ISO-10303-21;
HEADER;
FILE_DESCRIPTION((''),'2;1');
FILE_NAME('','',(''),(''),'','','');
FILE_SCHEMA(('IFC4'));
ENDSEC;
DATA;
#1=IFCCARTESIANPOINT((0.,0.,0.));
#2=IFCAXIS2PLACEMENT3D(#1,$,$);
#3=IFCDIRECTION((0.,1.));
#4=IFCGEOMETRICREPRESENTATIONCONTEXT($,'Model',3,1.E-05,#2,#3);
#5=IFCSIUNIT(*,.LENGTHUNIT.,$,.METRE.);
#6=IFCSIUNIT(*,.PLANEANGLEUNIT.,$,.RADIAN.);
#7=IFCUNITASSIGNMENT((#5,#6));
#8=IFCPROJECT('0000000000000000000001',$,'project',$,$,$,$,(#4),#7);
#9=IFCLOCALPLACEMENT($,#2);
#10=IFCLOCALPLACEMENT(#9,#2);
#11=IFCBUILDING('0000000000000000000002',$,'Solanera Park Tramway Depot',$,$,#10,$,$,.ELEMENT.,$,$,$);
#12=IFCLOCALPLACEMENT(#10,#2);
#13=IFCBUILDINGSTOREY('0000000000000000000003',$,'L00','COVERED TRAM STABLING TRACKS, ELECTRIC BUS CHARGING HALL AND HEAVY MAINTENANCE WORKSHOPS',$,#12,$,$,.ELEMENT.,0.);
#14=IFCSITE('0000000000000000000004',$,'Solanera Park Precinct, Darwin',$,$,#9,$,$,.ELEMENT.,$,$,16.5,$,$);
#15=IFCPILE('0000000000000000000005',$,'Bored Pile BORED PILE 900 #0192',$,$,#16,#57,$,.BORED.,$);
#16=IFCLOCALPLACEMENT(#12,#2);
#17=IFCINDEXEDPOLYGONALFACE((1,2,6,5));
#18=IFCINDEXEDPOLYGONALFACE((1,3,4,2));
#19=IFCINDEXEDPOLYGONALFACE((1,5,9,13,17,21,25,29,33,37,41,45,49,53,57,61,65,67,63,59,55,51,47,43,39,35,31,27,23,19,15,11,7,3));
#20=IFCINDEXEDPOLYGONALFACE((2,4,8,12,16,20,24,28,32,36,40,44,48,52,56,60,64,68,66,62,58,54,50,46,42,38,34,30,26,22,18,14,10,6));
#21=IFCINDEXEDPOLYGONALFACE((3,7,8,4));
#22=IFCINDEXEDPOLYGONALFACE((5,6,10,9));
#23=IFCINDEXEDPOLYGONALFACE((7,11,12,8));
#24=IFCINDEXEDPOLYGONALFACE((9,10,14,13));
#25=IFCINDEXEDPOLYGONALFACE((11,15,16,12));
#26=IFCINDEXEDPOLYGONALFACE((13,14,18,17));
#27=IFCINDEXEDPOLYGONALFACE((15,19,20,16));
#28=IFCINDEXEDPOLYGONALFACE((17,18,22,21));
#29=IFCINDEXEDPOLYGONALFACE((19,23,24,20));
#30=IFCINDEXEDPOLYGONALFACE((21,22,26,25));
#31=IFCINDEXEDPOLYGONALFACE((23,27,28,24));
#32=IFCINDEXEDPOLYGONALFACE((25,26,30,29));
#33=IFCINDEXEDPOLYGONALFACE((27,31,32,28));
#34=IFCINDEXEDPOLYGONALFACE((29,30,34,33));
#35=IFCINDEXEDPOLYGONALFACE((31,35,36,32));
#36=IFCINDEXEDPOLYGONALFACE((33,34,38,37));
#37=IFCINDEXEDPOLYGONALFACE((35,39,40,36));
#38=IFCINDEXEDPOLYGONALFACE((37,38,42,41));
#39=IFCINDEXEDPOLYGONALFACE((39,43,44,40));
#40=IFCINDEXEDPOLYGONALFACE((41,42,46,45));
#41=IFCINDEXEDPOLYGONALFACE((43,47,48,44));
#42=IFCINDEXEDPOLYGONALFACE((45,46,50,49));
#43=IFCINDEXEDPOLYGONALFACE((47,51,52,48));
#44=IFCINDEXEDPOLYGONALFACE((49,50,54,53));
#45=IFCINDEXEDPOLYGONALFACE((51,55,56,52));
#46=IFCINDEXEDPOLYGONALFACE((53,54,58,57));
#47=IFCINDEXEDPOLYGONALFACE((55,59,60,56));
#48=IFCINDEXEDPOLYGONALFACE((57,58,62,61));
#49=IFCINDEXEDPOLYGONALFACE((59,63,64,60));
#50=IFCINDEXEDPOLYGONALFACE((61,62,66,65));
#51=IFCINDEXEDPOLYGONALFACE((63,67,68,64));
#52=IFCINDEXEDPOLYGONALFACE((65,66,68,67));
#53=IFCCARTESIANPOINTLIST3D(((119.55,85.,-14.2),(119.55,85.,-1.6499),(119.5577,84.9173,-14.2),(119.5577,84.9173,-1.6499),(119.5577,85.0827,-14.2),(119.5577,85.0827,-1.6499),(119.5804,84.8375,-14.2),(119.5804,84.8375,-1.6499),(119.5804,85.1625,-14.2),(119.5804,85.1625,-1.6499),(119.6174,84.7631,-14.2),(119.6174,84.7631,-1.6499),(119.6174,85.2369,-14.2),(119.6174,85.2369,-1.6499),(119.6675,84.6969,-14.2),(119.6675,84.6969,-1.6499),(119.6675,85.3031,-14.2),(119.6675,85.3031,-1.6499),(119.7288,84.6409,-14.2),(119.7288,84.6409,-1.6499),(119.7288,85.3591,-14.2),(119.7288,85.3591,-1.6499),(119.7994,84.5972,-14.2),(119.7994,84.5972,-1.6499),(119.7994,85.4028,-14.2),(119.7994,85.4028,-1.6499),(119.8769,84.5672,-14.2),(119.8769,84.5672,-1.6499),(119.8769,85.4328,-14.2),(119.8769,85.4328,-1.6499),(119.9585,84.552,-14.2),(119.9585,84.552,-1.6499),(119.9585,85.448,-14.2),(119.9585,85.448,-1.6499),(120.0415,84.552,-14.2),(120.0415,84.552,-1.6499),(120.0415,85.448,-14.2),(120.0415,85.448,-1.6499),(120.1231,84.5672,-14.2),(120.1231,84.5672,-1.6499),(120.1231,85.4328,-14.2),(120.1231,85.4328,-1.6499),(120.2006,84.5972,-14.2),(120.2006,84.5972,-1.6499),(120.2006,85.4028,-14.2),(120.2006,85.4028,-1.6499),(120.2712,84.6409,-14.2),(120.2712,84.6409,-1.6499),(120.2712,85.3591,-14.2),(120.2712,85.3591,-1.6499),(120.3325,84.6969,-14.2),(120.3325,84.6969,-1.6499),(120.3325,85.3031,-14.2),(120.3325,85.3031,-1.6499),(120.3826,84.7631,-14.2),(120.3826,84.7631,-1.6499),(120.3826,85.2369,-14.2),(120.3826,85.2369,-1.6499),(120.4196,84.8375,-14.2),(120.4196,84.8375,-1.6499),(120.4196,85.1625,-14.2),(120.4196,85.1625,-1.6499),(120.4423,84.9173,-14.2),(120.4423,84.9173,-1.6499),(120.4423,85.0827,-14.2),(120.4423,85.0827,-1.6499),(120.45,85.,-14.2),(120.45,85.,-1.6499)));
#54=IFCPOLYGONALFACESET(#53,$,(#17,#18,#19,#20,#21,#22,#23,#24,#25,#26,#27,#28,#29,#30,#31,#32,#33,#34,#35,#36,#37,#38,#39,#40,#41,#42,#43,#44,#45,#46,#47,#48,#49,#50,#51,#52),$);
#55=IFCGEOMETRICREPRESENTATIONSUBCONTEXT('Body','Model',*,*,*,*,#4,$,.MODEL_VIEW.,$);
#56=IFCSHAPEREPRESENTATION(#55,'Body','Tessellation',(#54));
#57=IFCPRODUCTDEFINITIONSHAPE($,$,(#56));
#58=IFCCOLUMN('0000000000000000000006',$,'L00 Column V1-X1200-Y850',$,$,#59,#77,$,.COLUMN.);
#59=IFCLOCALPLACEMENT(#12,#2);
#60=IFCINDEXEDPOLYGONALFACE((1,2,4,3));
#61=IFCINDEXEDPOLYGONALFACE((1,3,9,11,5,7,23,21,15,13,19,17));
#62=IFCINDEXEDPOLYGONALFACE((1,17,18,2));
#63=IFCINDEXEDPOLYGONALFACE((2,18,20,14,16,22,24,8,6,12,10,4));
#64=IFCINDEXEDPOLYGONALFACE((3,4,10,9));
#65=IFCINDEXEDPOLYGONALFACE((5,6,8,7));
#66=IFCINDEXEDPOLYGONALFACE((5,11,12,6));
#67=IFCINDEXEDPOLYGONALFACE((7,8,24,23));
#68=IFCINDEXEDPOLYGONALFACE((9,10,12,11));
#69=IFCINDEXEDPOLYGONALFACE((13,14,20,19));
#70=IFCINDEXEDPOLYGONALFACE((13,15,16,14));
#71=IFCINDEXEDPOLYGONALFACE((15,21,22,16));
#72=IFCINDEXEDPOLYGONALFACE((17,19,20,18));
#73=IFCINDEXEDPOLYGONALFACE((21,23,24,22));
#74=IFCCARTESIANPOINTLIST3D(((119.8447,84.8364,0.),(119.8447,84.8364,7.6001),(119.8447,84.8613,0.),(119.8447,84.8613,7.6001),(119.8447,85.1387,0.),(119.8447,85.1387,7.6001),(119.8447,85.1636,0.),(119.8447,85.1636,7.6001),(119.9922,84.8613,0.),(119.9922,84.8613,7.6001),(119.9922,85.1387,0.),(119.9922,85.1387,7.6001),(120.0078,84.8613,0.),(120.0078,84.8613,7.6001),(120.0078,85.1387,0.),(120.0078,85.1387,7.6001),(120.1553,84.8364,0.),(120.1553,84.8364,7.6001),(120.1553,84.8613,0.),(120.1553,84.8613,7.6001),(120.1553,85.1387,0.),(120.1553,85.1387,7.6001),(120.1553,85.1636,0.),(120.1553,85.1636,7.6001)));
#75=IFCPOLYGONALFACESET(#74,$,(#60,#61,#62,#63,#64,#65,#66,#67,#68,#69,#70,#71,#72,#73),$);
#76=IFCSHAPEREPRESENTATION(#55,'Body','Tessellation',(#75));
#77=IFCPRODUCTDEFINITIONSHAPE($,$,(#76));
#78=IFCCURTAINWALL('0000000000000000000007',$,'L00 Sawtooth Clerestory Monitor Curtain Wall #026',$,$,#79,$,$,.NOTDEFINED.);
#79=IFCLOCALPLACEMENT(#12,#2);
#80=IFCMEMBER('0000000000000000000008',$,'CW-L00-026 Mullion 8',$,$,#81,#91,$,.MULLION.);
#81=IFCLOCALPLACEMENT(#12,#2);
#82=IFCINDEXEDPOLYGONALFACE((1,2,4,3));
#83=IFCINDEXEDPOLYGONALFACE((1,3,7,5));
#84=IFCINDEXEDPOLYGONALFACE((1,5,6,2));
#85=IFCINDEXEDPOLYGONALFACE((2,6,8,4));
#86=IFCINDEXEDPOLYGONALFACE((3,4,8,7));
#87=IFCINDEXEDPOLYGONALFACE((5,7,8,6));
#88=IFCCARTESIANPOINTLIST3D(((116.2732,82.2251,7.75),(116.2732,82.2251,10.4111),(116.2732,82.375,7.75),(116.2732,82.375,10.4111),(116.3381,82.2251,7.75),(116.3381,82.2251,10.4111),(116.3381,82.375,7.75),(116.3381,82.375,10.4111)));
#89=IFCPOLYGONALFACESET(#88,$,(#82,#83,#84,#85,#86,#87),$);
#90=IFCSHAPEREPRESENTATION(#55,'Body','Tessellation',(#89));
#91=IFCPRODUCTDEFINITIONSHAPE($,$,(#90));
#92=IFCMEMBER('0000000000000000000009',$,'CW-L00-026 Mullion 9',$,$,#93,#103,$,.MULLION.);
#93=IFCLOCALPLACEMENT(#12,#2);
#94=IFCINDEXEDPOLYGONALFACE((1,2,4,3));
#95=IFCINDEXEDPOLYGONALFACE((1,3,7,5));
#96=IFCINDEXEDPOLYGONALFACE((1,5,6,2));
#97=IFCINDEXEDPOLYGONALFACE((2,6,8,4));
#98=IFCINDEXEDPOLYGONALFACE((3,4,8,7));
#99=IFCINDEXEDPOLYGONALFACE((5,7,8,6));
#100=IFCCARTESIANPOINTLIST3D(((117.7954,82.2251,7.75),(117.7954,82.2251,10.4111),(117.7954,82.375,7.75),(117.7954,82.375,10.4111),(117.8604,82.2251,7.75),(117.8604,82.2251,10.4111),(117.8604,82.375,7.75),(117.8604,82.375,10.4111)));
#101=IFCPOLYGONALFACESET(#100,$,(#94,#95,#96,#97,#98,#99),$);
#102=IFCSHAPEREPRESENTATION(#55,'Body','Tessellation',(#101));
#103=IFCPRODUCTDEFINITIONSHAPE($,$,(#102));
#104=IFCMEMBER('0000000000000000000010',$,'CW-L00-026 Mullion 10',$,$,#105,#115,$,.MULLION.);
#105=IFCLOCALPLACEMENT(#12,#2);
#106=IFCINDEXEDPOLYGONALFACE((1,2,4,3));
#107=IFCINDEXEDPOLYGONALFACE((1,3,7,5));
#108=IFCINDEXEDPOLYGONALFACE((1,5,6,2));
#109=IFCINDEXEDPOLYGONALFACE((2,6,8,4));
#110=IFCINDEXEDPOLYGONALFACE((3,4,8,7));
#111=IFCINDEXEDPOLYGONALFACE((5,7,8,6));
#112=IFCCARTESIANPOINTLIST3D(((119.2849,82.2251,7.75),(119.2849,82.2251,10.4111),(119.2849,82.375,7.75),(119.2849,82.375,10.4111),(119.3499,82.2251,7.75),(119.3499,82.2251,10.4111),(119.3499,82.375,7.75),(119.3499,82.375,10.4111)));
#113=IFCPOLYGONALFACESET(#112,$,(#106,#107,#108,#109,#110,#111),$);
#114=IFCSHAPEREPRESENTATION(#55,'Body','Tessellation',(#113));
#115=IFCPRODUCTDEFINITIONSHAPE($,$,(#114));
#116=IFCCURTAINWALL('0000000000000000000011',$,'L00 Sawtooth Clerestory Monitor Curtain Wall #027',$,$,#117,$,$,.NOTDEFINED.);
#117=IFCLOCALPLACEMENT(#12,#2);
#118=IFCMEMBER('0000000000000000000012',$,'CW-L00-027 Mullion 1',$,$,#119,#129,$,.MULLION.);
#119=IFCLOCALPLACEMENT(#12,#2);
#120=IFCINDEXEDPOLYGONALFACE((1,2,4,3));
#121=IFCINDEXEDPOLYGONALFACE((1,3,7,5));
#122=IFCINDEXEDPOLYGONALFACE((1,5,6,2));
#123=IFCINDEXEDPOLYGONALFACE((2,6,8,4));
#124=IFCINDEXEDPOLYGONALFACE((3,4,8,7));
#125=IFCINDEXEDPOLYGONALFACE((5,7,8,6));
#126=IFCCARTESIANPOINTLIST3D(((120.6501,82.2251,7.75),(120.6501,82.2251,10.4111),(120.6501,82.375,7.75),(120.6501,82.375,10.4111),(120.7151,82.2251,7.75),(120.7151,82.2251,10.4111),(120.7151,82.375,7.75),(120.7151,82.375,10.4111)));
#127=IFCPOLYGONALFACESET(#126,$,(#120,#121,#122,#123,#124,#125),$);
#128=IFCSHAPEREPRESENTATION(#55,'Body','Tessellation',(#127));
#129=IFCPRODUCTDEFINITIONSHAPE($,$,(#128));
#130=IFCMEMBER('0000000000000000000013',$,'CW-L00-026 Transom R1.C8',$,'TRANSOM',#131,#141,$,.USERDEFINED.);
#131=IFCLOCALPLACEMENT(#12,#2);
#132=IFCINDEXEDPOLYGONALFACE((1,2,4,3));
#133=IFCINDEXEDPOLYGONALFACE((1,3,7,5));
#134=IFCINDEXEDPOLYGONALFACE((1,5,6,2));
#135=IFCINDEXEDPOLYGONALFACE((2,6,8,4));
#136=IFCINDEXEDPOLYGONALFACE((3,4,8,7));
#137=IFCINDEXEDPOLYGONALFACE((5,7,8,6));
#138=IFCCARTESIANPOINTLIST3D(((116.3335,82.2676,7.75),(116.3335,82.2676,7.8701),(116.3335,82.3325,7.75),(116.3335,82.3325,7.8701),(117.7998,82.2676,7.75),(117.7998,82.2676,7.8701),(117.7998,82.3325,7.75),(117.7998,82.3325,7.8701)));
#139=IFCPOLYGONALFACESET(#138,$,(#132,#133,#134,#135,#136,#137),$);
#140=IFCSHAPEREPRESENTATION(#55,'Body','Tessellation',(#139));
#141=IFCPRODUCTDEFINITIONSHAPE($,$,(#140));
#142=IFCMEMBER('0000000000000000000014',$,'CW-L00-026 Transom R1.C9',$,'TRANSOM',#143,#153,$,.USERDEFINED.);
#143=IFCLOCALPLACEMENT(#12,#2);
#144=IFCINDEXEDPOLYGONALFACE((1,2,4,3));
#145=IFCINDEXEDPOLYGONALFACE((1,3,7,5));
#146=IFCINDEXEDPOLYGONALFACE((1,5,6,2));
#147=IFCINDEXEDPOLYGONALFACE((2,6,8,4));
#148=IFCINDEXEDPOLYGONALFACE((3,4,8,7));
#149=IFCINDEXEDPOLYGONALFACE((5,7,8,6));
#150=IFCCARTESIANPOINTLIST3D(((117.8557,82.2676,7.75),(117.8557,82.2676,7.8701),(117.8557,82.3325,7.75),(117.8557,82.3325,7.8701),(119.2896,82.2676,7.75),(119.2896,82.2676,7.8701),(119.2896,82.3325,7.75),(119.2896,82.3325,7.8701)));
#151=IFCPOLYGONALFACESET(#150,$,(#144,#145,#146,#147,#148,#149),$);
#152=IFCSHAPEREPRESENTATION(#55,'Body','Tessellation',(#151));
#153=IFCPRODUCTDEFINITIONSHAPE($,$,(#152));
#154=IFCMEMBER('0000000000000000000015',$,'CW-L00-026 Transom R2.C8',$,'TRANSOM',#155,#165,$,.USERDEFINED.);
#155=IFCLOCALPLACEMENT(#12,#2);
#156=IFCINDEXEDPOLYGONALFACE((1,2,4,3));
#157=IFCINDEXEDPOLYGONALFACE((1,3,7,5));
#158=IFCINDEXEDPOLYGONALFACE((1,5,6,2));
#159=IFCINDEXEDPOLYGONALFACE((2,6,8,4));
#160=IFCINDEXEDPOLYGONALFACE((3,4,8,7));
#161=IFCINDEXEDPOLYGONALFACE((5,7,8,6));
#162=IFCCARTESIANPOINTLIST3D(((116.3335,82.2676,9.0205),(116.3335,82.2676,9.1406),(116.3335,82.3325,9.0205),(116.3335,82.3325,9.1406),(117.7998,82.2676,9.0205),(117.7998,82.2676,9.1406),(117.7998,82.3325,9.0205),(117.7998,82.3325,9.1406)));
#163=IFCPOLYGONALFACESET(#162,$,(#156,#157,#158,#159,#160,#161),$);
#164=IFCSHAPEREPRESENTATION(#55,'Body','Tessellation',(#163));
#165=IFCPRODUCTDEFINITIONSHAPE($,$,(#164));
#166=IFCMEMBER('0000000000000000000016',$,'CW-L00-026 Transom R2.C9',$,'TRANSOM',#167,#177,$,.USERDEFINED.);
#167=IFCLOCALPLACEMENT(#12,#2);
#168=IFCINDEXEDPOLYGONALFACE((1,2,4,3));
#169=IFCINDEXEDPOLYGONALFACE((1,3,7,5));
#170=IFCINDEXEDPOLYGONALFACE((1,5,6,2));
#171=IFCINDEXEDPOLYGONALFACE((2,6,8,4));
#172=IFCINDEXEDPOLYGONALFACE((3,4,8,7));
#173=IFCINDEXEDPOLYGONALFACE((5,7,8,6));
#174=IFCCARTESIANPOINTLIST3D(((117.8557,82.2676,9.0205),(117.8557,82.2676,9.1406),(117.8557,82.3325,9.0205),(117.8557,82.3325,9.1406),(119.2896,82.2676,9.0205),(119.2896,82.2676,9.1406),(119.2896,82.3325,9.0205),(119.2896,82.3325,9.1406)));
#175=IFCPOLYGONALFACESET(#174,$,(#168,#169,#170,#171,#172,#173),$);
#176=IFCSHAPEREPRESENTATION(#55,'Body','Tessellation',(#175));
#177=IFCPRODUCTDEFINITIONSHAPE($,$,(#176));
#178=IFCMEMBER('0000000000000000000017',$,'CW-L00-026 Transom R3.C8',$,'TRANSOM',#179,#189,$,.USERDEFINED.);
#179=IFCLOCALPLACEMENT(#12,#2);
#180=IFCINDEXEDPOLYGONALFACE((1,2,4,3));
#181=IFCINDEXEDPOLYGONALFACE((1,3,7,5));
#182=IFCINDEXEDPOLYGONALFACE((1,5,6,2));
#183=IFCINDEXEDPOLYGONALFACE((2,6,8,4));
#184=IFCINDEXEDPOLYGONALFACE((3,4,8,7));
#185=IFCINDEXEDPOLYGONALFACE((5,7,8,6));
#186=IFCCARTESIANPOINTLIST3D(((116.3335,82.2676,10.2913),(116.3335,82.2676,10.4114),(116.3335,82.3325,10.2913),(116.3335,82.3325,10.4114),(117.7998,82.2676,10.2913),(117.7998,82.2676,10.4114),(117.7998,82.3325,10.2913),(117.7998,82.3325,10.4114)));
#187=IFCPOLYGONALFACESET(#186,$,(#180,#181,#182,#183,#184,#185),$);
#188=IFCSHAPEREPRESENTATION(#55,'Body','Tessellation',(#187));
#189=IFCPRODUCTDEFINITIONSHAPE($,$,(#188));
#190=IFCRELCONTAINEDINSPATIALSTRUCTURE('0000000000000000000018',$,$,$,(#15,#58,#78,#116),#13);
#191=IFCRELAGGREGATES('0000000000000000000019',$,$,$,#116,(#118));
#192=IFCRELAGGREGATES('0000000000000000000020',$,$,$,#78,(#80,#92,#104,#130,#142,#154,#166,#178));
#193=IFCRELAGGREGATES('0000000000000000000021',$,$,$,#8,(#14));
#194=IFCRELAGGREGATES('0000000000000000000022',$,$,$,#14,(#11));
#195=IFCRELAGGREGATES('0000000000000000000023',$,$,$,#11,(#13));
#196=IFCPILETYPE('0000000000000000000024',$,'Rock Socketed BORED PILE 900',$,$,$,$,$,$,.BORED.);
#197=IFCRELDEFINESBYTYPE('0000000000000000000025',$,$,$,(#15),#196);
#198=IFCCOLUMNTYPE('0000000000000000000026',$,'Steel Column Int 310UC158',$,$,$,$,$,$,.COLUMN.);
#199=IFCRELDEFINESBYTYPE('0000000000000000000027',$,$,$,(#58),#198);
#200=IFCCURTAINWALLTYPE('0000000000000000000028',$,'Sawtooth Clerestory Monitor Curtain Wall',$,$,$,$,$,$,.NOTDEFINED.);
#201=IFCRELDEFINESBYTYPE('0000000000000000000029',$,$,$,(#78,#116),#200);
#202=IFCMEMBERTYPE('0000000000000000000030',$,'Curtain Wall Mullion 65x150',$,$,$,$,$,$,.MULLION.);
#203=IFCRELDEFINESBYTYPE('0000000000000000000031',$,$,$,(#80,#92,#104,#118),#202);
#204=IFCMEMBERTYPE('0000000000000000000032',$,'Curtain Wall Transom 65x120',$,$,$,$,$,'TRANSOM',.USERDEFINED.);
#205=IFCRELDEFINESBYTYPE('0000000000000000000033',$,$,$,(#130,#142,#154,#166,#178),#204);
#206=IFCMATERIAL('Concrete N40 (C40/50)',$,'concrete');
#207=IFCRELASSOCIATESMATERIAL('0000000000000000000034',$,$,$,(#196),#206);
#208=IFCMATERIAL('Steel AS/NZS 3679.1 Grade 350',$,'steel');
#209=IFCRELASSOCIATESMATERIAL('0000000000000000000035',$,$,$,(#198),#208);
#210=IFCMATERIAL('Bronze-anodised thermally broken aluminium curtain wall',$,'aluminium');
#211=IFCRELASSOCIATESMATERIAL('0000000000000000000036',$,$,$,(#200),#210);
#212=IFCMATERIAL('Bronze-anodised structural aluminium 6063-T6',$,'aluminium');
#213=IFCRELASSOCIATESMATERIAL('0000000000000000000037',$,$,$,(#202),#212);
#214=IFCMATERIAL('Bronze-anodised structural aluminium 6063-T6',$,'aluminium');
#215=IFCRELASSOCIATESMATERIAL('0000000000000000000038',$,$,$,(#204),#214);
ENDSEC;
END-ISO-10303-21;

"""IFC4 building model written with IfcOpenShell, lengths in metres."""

from ifc_helpers import new_model, si_unit, direction, frame, origin, origin_2d, place, context, subcontext, project, spatial, rectangle, circle, i_section, extrude, material, material_profile, profile_set, type_object, element, aggregate, save


model = new_model("IFC4")

# Units and contexts
model_context = context("Model", 3, precision=1e-05, world=origin(), true_north=direction((0.0, 1.0)))
body_context = subcontext(model_context, "Body", "Model", "MODEL_VIEW")
ifc_project = project(units=[si_unit("LENGTHUNIT", "METRE"), si_unit("PLANEANGLEUNIT", "RADIAN")], contexts=[model_context])

# Site, building, storey
site_placement = place(None, origin())
site = spatial("IfcSite", under=ifc_project, at=site_placement, Name="Solanera Park Precinct, Darwin", CompositionType="ELEMENT", RefElevation=16.5)
building_placement = place(site_placement, origin())
building = spatial("IfcBuilding", under=site, at=building_placement, Name="Solanera Park Tramway Depot", CompositionType="ELEMENT")
storey_placement = place(building_placement, origin())
storey = spatial("IfcBuildingStorey", under=building, at=storey_placement, Name="L00", Description="COVERED TRAM STABLING TRACKS, ELECTRIC BUS CHARGING HALL AND HEAVY MAINTENANCE WORKSHOPS", CompositionType="ELEMENT", Elevation=0.0)

# Pile
ifc_material_1 = material(Name="Concrete N40 (C40/50)", Category="concrete")
ifc_material_profile_1 = material_profile(ifc_material_1, circle(Radius=0.45, at=origin_2d()), Name="BORED PILE 900")
ifc_profile_set_1 = profile_set([ifc_material_profile_1], Name="Concrete N40 (C40/50)")
pile_type = type_object("IfcPileType", Name="Rock Socketed BORED PILE 900", PredefinedType="BORED", material=ifc_profile_set_1)
pile_placement = place(storey_placement, frame((120.0, 85.0, -1.6499), z_axis=(0.0, 0.0, -1.0), x_axis=(1.0, 0.0, 0.0)))
element("IfcPile", 1, at=pile_placement, inside=storey, type_object=pile_type, Name="Bored Pile BORED PILE 900 #0192", PredefinedType="BORED", context=body_context, shape_type="SweptSolid", body=[
    extrude(circle(Radius=0.45, at=origin_2d()), origin(), (0.0, 0.0, 1.0), 12.55),
])

# Column
ifc_material_2 = material(Name="Steel AS/NZS 3679.1 Grade 350", Category="steel")
ifc_material_profile_2 = material_profile(ifc_material_2, i_section(OverallWidth=0.3105, OverallDepth=0.3271, WebThickness=0.0156, FlangeThickness=0.0249, at=origin_2d()), Name="310UC158")
ifc_profile_set_2 = profile_set([ifc_material_profile_2], Name="Steel AS/NZS 3679.1 Grade 350")
column_type = type_object("IfcColumnType", Name="Steel Column Int 310UC158", PredefinedType="COLUMN", material=ifc_profile_set_2)
column_placement = place(storey_placement, frame((120.0, 85.0, 0.0), z_axis=(0.0, 0.0, 1.0), x_axis=(1.0, 0.0, 0.0)))
element("IfcColumn", 2, at=column_placement, inside=storey, type_object=column_type, Name="L00 Column V1-X1200-Y850", PredefinedType="COLUMN", context=body_context, shape_type="SweptSolid", body=[
    extrude(i_section(OverallWidth=0.3105, OverallDepth=0.3271, WebThickness=0.0156, FlangeThickness=0.0249, at=origin_2d()), origin(), (0.0, 0.0, 1.0), 7.6001),
])

# Curtain wall, members
ifc_material_3 = material(Name="Bronze-anodised thermally broken aluminium curtain wall", Category="aluminium")
curtain_wall_type = type_object("IfcCurtainWallType", Name="Sawtooth Clerestory Monitor Curtain Wall", PredefinedType="NOTDEFINED", material=ifc_material_3)
curtain_wall_1_placement = place(storey_placement, origin())
curtain_wall_1 = element("IfcCurtainWall", 3, at=curtain_wall_1_placement, inside=storey, type_object=curtain_wall_type, Name="L00 Sawtooth Clerestory Monitor Curtain Wall #026", PredefinedType="NOTDEFINED")
ifc_material_4 = material(Name="Bronze-anodised structural aluminium 6063-T6", Category="aluminium")
ifc_material_profile_3 = material_profile(ifc_material_4, rectangle(XDim=0.0649, YDim=0.1499, at=origin_2d()), Name="Curtain Wall Mullion 65x150")
ifc_profile_set_3 = profile_set([ifc_material_profile_3], Name="Bronze-anodised structural aluminium 6063-T6")
member_type_1 = type_object("IfcMemberType", Name="Curtain Wall Mullion 65x150", PredefinedType="MULLION", material=ifc_profile_set_3)
member_1_placement = place(storey_placement, frame((116.3057, 82.3, 7.75), z_axis=(0.0, 0.0, 1.0), x_axis=(1.0, 0.0, 0.0)))
member_1 = element("IfcMember", 4, at=member_1_placement, type_object=member_type_1, Name="CW-L00-026 Mullion 8", PredefinedType="MULLION", context=body_context, shape_type="SweptSolid", body=[
    extrude(rectangle(XDim=0.0649, YDim=0.1499, at=origin_2d()), origin(), (0.0, 0.0, 1.0), 2.6611),
])
member_2_placement = place(storey_placement, frame((117.8279, 82.3, 7.75), z_axis=(0.0, 0.0, 1.0), x_axis=(1.0, 0.0, 0.0)))
member_2 = element("IfcMember", 5, at=member_2_placement, type_object=member_type_1, Name="CW-L00-026 Mullion 9", PredefinedType="MULLION", context=body_context, shape_type="SweptSolid", body=[
    extrude(rectangle(XDim=0.0649, YDim=0.1499, at=origin_2d()), origin(), (0.0, 0.0, 1.0), 2.6611),
])
member_3_placement = place(storey_placement, frame((119.3174, 82.3, 7.75), z_axis=(0.0, 0.0, 1.0), x_axis=(1.0, 0.0, 0.0)))
member_3 = element("IfcMember", 6, at=member_3_placement, type_object=member_type_1, Name="CW-L00-026 Mullion 10", PredefinedType="MULLION", context=body_context, shape_type="SweptSolid", body=[
    extrude(rectangle(XDim=0.0649, YDim=0.1499, at=origin_2d()), origin(), (0.0, 0.0, 1.0), 2.6611),
])

# Curtain wall, member
curtain_wall_2_placement = place(storey_placement, origin())
curtain_wall_2 = element("IfcCurtainWall", 7, at=curtain_wall_2_placement, inside=storey, type_object=curtain_wall_type, Name="L00 Sawtooth Clerestory Monitor Curtain Wall #027", PredefinedType="NOTDEFINED")
member_4_placement = place(storey_placement, frame((120.6826, 82.3, 7.75), z_axis=(0.0, 0.0, 1.0), x_axis=(1.0, 0.0, 0.0)))
member_4 = element("IfcMember", 8, at=member_4_placement, type_object=member_type_1, Name="CW-L00-027 Mullion 1", PredefinedType="MULLION", context=body_context, shape_type="SweptSolid", body=[
    extrude(rectangle(XDim=0.0649, YDim=0.1499, at=origin_2d()), origin(), (0.0, 0.0, 1.0), 2.6611),
])

# Members
ifc_material_5 = material(Name="Bronze-anodised structural aluminium 6063-T6", Category="aluminium")
ifc_material_profile_4 = material_profile(ifc_material_5, rectangle(XDim=0.0649, YDim=0.1201, at=origin_2d()), Name="Curtain Wall Transom 65x120")
ifc_profile_set_4 = profile_set([ifc_material_profile_4], Name="Bronze-anodised structural aluminium 6063-T6")
member_type_2 = type_object("IfcMemberType", Name="Curtain Wall Transom 65x120", ElementType="TRANSOM", PredefinedType="USERDEFINED", material=ifc_profile_set_4)
member_5_placement = place(storey_placement, frame((116.3335, 82.3, 7.8101), z_axis=(1.0, 0.0, 0.0), x_axis=(0.0, 1.0, 0.0)))
member_5 = element("IfcMember", 9, at=member_5_placement, type_object=member_type_2, Name="CW-L00-026 Transom R1.C8", ObjectType="TRANSOM", PredefinedType="USERDEFINED", context=body_context, shape_type="SweptSolid", body=[
    extrude(rectangle(XDim=0.0649, YDim=0.1201, at=origin_2d()), origin(), (0.0, 0.0, 1.0), 1.4663),
])
member_6_placement = place(storey_placement, frame((117.8557, 82.3, 7.8101), z_axis=(1.0, 0.0, 0.0), x_axis=(0.0, 1.0, 0.0)))
member_6 = element("IfcMember", 10, at=member_6_placement, type_object=member_type_2, Name="CW-L00-026 Transom R1.C9", ObjectType="TRANSOM", PredefinedType="USERDEFINED", context=body_context, shape_type="SweptSolid", body=[
    extrude(rectangle(XDim=0.0649, YDim=0.1201, at=origin_2d()), origin(), (0.0, 0.0, 1.0), 1.4338),
])
member_7_placement = place(storey_placement, frame((116.3335, 82.3, 9.0806), z_axis=(1.0, 0.0, 0.0), x_axis=(0.0, 1.0, 0.0)))
member_7 = element("IfcMember", 11, at=member_7_placement, type_object=member_type_2, Name="CW-L00-026 Transom R2.C8", ObjectType="TRANSOM", PredefinedType="USERDEFINED", context=body_context, shape_type="SweptSolid", body=[
    extrude(rectangle(XDim=0.0649, YDim=0.1201, at=origin_2d()), origin(), (0.0, 0.0, 1.0), 1.4663),
])
member_8_placement = place(storey_placement, frame((117.8557, 82.3, 9.0806), z_axis=(1.0, 0.0, 0.0), x_axis=(0.0, 1.0, 0.0)))
member_8 = element("IfcMember", 12, at=member_8_placement, type_object=member_type_2, Name="CW-L00-026 Transom R2.C9", ObjectType="TRANSOM", PredefinedType="USERDEFINED", context=body_context, shape_type="SweptSolid", body=[
    extrude(rectangle(XDim=0.0649, YDim=0.1201, at=origin_2d()), origin(), (0.0, 0.0, 1.0), 1.4338),
])
member_9_placement = place(storey_placement, frame((116.3335, 82.3, 10.3513), z_axis=(1.0, 0.0, 0.0), x_axis=(0.0, 1.0, 0.0)))
member_9 = element("IfcMember", 13, at=member_9_placement, type_object=member_type_2, Name="CW-L00-026 Transom R3.C8", ObjectType="TRANSOM", PredefinedType="USERDEFINED", context=body_context, shape_type="SweptSolid", body=[
    extrude(rectangle(XDim=0.0649, YDim=0.1201, at=origin_2d()), origin(), (0.0, 0.0, 1.0), 1.4663),
])
aggregate(curtain_wall_2, [member_4])

aggregate(curtain_wall_1, [member_1, member_2, member_3, member_5, member_6, member_7, member_8, member_9])

save(model, "model.ifc")
